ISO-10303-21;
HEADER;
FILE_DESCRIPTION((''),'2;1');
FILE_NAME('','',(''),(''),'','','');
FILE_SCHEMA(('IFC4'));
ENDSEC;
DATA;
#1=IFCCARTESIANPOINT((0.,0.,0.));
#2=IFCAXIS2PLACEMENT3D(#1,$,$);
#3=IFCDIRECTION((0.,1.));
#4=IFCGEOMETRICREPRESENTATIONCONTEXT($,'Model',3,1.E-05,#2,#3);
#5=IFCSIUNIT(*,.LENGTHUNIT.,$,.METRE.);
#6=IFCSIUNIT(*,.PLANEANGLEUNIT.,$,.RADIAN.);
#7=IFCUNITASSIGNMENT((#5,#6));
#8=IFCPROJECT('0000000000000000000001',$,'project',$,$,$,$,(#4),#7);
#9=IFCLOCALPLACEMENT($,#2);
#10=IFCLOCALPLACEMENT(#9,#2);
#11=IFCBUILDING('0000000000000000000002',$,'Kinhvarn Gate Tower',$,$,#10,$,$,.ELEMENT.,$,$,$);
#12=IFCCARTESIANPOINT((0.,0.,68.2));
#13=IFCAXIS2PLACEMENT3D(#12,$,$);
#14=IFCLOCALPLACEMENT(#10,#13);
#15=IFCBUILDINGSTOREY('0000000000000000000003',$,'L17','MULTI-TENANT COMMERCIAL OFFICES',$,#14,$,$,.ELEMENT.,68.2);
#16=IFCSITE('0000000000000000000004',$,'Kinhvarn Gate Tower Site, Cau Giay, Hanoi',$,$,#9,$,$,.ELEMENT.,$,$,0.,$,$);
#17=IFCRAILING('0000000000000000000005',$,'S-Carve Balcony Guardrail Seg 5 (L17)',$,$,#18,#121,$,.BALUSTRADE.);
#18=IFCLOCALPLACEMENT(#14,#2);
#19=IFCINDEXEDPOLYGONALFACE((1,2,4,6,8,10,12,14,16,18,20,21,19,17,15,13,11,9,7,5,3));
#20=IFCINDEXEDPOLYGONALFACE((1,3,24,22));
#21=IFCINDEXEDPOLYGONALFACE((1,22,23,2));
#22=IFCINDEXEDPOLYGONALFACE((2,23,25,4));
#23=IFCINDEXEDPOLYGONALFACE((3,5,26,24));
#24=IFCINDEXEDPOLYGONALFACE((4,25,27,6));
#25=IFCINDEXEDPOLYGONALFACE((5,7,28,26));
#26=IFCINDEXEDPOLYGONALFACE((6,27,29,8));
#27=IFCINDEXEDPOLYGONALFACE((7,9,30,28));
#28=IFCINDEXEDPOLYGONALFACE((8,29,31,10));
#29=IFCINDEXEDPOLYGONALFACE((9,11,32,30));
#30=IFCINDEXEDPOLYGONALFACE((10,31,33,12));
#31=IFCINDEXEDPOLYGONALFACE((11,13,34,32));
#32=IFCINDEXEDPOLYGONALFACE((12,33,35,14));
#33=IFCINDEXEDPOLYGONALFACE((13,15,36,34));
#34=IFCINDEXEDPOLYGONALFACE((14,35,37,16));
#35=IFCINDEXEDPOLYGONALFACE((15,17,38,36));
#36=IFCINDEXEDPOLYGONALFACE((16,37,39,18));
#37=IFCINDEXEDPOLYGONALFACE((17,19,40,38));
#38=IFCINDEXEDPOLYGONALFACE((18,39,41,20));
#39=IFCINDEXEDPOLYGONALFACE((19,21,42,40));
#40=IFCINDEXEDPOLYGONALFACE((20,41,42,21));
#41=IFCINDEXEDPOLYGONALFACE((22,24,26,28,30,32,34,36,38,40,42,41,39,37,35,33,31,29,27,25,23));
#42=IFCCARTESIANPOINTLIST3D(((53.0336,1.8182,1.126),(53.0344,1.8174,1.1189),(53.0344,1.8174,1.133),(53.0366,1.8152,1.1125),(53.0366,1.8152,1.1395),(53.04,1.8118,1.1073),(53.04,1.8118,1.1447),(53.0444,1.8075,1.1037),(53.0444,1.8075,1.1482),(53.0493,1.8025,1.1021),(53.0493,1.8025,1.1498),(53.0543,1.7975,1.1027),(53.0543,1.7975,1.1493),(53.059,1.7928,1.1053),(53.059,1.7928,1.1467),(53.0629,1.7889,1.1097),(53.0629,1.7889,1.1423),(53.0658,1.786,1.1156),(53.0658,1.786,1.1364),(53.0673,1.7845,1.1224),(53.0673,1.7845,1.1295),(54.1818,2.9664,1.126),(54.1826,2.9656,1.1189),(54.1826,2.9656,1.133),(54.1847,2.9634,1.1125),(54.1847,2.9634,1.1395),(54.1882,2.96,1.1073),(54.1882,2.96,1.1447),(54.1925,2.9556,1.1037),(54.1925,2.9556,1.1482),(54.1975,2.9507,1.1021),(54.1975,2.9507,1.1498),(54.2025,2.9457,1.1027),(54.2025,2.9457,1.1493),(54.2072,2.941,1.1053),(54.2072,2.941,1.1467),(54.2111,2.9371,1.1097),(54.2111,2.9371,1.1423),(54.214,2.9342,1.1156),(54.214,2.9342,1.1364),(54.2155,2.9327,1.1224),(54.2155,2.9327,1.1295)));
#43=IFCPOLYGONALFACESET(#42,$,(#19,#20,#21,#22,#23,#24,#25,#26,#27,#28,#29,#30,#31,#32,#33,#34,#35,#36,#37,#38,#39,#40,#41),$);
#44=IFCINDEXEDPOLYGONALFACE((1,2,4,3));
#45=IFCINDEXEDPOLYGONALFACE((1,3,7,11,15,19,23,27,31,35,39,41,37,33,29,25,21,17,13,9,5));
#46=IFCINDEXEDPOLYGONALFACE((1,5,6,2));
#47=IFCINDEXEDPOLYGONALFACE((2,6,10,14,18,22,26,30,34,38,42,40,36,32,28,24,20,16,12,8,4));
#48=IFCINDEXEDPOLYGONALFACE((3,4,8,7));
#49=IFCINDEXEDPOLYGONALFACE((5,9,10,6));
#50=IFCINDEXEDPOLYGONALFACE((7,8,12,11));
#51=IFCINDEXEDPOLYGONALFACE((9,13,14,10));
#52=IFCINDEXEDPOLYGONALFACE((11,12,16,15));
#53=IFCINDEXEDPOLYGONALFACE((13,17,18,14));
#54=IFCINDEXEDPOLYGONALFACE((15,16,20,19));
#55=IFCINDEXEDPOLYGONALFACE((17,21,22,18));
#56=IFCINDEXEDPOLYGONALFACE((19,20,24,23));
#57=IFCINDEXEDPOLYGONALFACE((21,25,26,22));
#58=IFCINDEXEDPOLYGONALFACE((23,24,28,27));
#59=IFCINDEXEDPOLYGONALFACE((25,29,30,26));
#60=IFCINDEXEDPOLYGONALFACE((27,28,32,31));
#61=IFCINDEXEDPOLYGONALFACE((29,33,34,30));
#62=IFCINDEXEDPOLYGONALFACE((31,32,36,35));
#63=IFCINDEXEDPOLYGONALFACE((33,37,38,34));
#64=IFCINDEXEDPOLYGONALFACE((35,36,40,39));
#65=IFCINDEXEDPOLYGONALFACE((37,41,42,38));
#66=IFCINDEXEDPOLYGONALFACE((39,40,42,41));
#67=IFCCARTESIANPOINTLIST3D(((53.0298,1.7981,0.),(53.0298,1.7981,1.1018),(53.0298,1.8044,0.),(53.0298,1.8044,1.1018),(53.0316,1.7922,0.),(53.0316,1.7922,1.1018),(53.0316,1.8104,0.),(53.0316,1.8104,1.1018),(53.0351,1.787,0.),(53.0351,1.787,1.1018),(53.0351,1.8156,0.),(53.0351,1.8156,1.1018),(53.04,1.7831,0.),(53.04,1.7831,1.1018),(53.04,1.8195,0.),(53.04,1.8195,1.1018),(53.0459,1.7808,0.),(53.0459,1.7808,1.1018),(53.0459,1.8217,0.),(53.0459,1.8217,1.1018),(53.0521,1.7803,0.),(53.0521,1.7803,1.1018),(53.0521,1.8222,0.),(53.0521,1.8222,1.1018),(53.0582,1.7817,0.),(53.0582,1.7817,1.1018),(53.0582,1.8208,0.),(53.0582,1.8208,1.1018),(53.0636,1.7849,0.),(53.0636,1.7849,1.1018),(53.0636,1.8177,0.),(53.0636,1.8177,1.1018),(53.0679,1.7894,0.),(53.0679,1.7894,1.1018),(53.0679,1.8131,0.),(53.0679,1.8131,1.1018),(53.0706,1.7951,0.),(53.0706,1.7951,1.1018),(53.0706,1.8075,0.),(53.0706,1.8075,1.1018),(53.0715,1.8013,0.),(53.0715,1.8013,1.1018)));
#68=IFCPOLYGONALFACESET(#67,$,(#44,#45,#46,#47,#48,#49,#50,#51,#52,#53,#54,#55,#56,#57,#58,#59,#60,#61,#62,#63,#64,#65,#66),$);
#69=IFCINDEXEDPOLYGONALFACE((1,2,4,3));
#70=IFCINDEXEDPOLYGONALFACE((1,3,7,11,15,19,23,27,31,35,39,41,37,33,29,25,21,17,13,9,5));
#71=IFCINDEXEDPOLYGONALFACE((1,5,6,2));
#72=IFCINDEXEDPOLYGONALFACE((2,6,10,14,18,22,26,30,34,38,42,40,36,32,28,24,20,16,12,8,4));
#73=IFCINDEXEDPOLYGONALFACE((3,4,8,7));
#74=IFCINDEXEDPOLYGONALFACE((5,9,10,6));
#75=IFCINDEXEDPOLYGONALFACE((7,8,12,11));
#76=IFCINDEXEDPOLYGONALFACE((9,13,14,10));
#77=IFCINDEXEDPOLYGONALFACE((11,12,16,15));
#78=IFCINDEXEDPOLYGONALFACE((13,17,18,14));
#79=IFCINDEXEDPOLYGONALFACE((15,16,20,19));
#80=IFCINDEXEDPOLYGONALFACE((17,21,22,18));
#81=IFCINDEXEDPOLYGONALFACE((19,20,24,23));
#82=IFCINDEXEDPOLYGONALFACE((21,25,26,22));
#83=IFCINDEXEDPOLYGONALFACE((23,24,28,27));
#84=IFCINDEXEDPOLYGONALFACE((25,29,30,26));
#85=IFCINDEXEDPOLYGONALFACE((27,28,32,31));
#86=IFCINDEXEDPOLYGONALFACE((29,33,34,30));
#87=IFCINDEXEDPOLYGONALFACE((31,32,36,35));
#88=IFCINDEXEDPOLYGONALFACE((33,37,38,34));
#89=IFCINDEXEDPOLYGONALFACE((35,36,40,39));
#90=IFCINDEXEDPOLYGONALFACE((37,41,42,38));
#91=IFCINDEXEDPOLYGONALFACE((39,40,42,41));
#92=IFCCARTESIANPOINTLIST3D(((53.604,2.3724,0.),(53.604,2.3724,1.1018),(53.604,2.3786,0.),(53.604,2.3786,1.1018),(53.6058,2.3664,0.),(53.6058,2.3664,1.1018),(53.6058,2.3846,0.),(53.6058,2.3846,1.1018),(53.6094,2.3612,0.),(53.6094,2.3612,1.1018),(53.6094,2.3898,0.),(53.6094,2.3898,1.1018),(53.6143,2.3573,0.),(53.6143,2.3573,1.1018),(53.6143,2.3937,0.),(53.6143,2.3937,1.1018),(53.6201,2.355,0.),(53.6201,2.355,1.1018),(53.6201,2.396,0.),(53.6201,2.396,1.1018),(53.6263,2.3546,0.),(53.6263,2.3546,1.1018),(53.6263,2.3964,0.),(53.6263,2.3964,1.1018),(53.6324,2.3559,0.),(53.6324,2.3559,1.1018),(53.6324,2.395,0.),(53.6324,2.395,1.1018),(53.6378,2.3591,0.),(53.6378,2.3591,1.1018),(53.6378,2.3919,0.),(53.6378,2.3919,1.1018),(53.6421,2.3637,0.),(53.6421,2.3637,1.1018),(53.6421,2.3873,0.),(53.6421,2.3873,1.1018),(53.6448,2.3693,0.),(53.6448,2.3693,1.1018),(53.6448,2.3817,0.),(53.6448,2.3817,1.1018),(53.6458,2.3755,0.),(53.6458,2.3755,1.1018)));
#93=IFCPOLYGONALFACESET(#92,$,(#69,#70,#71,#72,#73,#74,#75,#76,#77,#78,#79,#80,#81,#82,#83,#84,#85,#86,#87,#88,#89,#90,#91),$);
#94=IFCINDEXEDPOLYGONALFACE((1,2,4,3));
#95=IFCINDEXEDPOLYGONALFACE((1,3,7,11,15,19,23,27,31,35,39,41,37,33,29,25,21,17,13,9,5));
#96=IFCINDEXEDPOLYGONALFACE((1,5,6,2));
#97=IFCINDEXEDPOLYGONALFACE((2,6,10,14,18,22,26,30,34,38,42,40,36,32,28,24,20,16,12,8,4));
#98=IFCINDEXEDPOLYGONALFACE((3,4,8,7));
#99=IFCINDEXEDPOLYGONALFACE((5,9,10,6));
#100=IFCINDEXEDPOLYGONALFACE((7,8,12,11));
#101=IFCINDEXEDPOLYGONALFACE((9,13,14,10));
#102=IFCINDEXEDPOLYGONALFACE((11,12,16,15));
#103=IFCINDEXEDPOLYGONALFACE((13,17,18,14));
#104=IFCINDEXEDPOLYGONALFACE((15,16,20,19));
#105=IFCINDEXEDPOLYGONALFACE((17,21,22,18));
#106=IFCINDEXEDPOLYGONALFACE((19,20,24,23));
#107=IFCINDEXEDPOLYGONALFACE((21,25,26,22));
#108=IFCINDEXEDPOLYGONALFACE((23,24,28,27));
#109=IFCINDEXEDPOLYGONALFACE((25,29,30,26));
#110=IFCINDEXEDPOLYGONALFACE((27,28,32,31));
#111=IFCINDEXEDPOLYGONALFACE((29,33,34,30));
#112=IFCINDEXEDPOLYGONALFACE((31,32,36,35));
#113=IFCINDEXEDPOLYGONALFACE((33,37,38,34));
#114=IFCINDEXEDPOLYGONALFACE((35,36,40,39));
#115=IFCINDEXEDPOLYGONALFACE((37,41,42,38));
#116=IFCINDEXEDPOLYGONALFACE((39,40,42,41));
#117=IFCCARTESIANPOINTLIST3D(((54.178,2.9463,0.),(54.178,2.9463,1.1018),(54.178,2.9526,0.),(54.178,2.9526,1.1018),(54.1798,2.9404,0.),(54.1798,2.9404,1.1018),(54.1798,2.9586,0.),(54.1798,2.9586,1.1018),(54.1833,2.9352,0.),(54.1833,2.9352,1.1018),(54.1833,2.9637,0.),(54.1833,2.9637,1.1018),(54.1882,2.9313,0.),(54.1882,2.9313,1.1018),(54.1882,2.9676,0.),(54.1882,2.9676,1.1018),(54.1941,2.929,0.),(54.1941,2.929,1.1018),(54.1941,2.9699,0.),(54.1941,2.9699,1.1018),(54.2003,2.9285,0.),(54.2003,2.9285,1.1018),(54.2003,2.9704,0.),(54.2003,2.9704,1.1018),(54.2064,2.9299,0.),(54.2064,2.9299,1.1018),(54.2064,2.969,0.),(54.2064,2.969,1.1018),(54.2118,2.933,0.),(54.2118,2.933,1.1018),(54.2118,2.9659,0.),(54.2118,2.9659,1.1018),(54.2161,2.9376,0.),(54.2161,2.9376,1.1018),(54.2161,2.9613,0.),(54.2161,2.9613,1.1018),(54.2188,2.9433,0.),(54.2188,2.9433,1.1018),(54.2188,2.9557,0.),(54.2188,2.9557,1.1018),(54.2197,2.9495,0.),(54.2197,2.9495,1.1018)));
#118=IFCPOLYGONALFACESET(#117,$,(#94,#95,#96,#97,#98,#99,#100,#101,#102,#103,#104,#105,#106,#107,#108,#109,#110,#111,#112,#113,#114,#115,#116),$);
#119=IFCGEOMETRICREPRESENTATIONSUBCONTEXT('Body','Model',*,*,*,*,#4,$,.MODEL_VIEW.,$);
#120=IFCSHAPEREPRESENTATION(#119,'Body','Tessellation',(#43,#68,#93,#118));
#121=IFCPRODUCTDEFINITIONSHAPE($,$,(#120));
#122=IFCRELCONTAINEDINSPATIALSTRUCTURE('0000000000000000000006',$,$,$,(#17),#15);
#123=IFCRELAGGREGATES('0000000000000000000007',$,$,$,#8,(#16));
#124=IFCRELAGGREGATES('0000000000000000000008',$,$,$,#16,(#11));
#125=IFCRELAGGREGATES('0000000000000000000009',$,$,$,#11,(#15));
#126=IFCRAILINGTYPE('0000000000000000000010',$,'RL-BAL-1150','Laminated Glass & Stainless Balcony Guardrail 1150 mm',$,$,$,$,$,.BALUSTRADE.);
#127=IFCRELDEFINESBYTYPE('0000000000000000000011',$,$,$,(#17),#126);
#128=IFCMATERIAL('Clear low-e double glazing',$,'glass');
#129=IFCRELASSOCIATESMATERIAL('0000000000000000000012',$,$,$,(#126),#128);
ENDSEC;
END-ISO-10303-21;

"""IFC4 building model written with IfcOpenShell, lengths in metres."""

from ifc_helpers import new_model, si_unit, direction, frame, origin, origin_2d, place, context, subcontext, project, spatial, circle, extrude, material, type_object, element, save


model = new_model("IFC4")

# Units and contexts
model_context = context("Model", 3, precision=1e-05, world=origin(), true_north=direction((0.0, 1.0)))
body_context = subcontext(model_context, "Body", "Model", "MODEL_VIEW")
ifc_project = project(units=[si_unit("LENGTHUNIT", "METRE"), si_unit("PLANEANGLEUNIT", "RADIAN")], contexts=[model_context])

# Site, building, storey
site_placement = place(None, origin())
site = spatial("IfcSite", under=ifc_project, at=site_placement, Name="Kinhvarn Gate Tower Site, Cau Giay, Hanoi", CompositionType="ELEMENT", RefElevation=0.0)
building_placement = place(site_placement, origin())
building = spatial("IfcBuilding", under=site, at=building_placement, Name="Kinhvarn Gate Tower", CompositionType="ELEMENT")
storey_placement = place(building_placement, frame((0.0, 0.0, 68.2)))
storey = spatial("IfcBuildingStorey", under=building, at=storey_placement, Name="L17", Description="MULTI-TENANT COMMERCIAL OFFICES", CompositionType="ELEMENT", Elevation=68.2)

# Shared definitions
ifc_material_1 = material(Name="Clear low-e double glazing", Category="glass")

# Railing
railing_type = type_object("IfcRailingType", Name="RL-BAL-1150", Description="Laminated Glass & Stainless Balcony Guardrail 1150 mm", PredefinedType="BALUSTRADE", material=ifc_material_1)
railing_1_placement = place(storey_placement, frame((53.0505, 1.8013, 0.0)))
element("IfcRailing", 1, at=railing_1_placement, inside=storey, type_object=railing_type, Name="S-Carve Balcony Guardrail Seg 5 (L17)", PredefinedType="BALUSTRADE", context=body_context, shape_type="SweptSolid", body=[
    extrude(circle(Radius=0.0239, at=origin_2d()), frame((0.0, 0.0, 1.126), z_axis=(0.707107, 0.707107, 0.0), x_axis=(-0.707107, 0.707107, 0.0)), (0.0, 0.0, 1.0), 1.6238),
    extrude(circle(Radius=0.021, at=origin_2d()), origin(), (0.0, 0.0, 1.0), 1.1018),
    extrude(circle(Radius=0.021, at=origin_2d()), frame((0.5742, 0.5742, 0.0)), (0.0, 0.0, 1.0), 1.1018),
    extrude(circle(Radius=0.021, at=origin_2d()), frame((1.1482, 1.1482, 0.0)), (0.0, 0.0, 1.0), 1.1018),
])

save(model, "model.ifc")
